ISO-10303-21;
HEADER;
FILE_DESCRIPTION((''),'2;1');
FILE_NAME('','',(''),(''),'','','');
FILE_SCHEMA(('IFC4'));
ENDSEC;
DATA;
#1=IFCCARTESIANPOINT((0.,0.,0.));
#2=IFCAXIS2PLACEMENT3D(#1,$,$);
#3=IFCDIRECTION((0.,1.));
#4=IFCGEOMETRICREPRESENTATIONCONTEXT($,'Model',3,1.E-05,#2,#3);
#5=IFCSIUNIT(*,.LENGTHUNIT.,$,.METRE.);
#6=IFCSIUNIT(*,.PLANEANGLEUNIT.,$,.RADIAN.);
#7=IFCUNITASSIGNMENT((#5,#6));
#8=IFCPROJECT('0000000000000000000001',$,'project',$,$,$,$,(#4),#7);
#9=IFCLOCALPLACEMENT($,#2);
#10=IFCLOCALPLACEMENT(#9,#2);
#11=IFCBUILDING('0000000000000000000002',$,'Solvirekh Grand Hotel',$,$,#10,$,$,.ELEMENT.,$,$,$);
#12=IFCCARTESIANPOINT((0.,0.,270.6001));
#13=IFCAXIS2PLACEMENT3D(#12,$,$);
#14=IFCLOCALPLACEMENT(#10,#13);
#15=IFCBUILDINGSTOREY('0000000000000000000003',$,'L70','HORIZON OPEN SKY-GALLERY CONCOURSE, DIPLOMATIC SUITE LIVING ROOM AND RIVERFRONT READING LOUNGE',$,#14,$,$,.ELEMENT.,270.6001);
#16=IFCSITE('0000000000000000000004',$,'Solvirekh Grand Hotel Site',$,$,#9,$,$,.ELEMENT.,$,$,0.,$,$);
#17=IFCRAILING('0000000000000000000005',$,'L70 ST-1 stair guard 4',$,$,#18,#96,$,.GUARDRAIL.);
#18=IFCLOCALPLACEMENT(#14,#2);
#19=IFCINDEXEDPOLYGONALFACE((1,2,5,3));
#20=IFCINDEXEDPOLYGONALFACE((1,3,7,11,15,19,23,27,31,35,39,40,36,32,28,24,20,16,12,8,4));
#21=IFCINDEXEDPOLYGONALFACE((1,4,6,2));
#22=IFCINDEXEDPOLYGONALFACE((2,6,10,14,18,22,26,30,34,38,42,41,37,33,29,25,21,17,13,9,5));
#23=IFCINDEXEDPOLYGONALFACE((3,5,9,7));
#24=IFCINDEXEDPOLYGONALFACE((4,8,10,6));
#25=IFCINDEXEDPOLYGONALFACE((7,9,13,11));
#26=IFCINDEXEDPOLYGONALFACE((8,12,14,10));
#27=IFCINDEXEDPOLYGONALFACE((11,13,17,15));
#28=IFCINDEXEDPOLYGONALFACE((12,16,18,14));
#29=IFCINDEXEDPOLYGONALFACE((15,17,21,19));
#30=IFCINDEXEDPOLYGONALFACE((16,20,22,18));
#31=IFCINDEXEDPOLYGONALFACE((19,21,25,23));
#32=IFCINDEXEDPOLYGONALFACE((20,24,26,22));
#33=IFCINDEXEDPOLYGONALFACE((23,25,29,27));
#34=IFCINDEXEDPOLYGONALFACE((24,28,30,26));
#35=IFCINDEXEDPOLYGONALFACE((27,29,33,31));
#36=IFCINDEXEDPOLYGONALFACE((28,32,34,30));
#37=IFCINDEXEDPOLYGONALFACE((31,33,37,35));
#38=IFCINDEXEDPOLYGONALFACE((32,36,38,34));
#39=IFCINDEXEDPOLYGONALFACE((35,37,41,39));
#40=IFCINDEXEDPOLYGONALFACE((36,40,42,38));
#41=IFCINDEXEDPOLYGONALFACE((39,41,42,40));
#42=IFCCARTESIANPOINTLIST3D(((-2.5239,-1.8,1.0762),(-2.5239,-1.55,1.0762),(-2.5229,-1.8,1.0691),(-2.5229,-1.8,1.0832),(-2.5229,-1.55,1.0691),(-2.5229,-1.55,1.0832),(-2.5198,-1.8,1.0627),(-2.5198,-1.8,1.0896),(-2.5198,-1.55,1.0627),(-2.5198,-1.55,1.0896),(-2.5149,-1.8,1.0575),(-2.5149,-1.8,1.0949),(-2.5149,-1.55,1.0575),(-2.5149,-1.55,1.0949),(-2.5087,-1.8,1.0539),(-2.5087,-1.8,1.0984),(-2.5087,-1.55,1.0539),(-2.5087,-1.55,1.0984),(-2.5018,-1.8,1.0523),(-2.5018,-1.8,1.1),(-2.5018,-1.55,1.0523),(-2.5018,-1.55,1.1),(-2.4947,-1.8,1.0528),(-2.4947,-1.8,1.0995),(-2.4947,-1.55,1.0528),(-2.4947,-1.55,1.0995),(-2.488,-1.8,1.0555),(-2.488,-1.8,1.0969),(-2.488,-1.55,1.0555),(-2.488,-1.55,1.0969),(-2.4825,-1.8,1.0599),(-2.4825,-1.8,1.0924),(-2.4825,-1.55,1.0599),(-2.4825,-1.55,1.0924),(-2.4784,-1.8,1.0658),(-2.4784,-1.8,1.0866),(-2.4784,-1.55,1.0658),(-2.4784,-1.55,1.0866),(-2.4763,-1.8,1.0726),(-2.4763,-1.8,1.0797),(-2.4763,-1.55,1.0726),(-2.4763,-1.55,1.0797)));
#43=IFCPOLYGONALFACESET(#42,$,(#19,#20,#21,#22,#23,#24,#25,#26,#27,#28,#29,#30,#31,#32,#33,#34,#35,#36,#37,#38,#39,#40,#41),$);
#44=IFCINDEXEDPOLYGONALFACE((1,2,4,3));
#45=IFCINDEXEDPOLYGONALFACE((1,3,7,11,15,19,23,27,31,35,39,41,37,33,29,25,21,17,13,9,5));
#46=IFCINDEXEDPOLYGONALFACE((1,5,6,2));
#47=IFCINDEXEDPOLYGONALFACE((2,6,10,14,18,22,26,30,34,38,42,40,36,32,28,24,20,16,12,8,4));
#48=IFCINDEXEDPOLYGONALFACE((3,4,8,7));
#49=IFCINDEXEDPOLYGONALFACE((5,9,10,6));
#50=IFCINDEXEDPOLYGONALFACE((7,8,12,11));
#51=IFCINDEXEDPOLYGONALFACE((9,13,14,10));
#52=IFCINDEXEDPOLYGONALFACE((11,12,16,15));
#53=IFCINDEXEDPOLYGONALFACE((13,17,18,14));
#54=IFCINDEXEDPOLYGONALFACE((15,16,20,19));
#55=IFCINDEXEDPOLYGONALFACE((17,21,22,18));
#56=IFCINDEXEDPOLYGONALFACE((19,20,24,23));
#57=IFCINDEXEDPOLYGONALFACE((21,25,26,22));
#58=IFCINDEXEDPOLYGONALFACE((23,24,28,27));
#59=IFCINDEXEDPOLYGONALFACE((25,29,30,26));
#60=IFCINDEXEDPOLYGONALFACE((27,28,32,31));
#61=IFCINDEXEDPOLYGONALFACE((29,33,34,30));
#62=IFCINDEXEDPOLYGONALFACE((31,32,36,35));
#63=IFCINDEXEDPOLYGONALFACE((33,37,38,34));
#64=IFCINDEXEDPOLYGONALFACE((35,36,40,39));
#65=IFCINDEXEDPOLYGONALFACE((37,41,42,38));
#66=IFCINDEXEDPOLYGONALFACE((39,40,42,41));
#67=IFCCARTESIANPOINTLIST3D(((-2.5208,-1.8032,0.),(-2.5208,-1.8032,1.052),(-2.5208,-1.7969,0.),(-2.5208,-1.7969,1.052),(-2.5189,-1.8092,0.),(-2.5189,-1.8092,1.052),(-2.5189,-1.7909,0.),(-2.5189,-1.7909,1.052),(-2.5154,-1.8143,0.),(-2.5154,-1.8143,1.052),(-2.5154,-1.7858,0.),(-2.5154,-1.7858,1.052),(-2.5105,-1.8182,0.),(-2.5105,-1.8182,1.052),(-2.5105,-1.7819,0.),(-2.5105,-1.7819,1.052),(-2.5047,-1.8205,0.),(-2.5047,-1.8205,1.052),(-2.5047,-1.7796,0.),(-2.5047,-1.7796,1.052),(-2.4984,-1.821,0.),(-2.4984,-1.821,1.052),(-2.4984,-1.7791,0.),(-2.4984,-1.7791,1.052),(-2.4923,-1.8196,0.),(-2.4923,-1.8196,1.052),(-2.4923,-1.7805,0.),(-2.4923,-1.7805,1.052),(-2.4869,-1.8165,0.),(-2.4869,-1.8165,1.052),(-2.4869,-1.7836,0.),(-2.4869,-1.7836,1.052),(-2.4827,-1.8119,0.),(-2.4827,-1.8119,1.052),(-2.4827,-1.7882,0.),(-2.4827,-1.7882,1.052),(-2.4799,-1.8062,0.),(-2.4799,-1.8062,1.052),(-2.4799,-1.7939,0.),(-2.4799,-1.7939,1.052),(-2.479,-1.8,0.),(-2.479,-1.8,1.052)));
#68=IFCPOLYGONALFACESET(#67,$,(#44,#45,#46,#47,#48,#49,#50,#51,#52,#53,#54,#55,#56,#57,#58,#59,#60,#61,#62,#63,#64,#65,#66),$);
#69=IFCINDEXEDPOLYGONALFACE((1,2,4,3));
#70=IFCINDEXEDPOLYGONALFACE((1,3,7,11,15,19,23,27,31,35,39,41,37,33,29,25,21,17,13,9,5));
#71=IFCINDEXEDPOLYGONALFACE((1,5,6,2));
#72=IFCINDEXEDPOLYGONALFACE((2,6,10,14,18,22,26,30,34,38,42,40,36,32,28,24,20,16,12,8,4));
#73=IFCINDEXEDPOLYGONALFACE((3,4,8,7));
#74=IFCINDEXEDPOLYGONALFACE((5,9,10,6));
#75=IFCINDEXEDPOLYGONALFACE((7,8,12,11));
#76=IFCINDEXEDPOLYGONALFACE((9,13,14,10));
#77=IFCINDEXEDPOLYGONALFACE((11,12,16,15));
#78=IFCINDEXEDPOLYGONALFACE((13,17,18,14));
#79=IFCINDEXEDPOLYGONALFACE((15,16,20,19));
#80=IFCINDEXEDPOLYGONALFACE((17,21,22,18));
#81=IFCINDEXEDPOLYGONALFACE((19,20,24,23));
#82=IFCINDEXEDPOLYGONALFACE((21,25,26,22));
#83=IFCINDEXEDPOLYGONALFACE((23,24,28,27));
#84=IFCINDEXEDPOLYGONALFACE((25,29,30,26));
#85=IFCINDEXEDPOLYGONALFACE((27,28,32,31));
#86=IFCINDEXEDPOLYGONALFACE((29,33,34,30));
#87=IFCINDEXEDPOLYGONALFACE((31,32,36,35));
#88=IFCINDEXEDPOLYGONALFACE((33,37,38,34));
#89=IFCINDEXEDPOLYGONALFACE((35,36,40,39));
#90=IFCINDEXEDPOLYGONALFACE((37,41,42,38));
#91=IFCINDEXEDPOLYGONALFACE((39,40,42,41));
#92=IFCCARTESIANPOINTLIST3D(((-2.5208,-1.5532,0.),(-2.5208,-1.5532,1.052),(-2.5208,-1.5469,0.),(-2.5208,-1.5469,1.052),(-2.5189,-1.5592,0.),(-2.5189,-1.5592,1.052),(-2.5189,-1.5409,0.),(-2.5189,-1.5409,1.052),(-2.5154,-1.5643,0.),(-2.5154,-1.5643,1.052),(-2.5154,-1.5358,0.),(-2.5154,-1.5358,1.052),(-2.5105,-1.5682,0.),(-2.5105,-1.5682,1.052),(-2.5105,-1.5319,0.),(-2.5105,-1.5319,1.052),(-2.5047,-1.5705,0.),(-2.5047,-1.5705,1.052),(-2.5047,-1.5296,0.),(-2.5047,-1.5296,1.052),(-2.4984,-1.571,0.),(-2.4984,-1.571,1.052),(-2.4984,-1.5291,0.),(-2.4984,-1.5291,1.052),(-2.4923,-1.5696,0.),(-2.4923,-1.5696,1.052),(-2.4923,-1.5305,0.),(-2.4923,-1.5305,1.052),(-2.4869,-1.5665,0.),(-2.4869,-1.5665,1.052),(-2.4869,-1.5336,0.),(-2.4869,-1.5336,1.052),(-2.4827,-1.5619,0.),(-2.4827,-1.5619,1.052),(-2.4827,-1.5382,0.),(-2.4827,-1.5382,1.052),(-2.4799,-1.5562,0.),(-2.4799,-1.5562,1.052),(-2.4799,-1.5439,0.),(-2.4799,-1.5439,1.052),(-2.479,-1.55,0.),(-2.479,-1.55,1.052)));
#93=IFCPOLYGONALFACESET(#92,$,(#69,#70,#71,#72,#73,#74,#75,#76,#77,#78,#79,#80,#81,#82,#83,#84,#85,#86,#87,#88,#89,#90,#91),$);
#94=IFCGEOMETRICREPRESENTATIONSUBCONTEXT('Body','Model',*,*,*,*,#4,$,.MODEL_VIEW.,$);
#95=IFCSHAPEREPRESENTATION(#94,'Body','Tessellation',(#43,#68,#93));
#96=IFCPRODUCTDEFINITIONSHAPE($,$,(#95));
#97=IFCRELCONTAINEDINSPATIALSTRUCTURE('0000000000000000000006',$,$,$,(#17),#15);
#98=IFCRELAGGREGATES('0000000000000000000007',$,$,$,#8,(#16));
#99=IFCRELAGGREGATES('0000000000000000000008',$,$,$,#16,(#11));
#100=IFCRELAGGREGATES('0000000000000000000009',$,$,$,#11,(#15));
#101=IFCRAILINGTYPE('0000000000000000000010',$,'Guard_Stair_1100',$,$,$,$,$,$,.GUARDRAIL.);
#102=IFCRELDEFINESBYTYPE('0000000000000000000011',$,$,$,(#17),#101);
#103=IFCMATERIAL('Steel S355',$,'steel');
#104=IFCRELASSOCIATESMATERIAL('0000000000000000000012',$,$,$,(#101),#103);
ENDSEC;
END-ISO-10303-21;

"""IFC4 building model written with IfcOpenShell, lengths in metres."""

from ifc_helpers import new_model, si_unit, direction, frame, origin, origin_2d, place, context, subcontext, project, spatial, circle, extrude, material, type_object, element, save


model = new_model("IFC4")

# Units and contexts
model_context = context("Model", 3, precision=1e-05, world=origin(), true_north=direction((0.0, 1.0)))
body_context = subcontext(model_context, "Body", "Model", "MODEL_VIEW")
ifc_project = project(units=[si_unit("LENGTHUNIT", "METRE"), si_unit("PLANEANGLEUNIT", "RADIAN")], contexts=[model_context])

# Site, building, storey
site_placement = place(None, origin())
site = spatial("IfcSite", under=ifc_project, at=site_placement, Name="Solvirekh Grand Hotel Site", CompositionType="ELEMENT", RefElevation=0.0)
building_placement = place(site_placement, origin())
building = spatial("IfcBuilding", under=site, at=building_placement, Name="Solvirekh Grand Hotel", CompositionType="ELEMENT")
storey_placement = place(building_placement, frame((0.0, 0.0, 270.6001)))
storey = spatial("IfcBuildingStorey", under=building, at=storey_placement, Name="L70", Description="HORIZON OPEN SKY-GALLERY CONCOURSE, DIPLOMATIC SUITE LIVING ROOM AND RIVERFRONT READING LOUNGE", CompositionType="ELEMENT", Elevation=270.6001)

# Shared definitions
ifc_material_1 = material(Name="Steel S355", Category="steel")

# Railing
railing_type_1 = type_object("IfcRailingType", Name="Guard_Stair_1100", PredefinedType="GUARDRAIL", material=ifc_material_1)
railing_1_placement = place(storey_placement, frame((-2.5, -1.8, 0.0)))
element("IfcRailing", 1, at=railing_1_placement, inside=storey, type_object=railing_type_1, Name="L70 ST-1 stair guard 4", PredefinedType="GUARDRAIL", context=body_context, shape_type="SweptSolid", body=[
    extrude(circle(Radius=0.0239, at=origin_2d()), frame((0.0, 0.0, 1.0762), z_axis=(0.0, 1.0, 0.0), x_axis=(-1.0, 0.0, 0.0)), (0.0, 0.0, 1.0), 0.25),
    extrude(circle(Radius=0.021, at=origin_2d()), origin(), (0.0, 0.0, 1.0), 1.052),
    extrude(circle(Radius=0.021, at=origin_2d()), frame((0.0, 0.25, 0.0)), (0.0, 0.0, 1.0), 1.052),
])

save(model, "model.ifc")
